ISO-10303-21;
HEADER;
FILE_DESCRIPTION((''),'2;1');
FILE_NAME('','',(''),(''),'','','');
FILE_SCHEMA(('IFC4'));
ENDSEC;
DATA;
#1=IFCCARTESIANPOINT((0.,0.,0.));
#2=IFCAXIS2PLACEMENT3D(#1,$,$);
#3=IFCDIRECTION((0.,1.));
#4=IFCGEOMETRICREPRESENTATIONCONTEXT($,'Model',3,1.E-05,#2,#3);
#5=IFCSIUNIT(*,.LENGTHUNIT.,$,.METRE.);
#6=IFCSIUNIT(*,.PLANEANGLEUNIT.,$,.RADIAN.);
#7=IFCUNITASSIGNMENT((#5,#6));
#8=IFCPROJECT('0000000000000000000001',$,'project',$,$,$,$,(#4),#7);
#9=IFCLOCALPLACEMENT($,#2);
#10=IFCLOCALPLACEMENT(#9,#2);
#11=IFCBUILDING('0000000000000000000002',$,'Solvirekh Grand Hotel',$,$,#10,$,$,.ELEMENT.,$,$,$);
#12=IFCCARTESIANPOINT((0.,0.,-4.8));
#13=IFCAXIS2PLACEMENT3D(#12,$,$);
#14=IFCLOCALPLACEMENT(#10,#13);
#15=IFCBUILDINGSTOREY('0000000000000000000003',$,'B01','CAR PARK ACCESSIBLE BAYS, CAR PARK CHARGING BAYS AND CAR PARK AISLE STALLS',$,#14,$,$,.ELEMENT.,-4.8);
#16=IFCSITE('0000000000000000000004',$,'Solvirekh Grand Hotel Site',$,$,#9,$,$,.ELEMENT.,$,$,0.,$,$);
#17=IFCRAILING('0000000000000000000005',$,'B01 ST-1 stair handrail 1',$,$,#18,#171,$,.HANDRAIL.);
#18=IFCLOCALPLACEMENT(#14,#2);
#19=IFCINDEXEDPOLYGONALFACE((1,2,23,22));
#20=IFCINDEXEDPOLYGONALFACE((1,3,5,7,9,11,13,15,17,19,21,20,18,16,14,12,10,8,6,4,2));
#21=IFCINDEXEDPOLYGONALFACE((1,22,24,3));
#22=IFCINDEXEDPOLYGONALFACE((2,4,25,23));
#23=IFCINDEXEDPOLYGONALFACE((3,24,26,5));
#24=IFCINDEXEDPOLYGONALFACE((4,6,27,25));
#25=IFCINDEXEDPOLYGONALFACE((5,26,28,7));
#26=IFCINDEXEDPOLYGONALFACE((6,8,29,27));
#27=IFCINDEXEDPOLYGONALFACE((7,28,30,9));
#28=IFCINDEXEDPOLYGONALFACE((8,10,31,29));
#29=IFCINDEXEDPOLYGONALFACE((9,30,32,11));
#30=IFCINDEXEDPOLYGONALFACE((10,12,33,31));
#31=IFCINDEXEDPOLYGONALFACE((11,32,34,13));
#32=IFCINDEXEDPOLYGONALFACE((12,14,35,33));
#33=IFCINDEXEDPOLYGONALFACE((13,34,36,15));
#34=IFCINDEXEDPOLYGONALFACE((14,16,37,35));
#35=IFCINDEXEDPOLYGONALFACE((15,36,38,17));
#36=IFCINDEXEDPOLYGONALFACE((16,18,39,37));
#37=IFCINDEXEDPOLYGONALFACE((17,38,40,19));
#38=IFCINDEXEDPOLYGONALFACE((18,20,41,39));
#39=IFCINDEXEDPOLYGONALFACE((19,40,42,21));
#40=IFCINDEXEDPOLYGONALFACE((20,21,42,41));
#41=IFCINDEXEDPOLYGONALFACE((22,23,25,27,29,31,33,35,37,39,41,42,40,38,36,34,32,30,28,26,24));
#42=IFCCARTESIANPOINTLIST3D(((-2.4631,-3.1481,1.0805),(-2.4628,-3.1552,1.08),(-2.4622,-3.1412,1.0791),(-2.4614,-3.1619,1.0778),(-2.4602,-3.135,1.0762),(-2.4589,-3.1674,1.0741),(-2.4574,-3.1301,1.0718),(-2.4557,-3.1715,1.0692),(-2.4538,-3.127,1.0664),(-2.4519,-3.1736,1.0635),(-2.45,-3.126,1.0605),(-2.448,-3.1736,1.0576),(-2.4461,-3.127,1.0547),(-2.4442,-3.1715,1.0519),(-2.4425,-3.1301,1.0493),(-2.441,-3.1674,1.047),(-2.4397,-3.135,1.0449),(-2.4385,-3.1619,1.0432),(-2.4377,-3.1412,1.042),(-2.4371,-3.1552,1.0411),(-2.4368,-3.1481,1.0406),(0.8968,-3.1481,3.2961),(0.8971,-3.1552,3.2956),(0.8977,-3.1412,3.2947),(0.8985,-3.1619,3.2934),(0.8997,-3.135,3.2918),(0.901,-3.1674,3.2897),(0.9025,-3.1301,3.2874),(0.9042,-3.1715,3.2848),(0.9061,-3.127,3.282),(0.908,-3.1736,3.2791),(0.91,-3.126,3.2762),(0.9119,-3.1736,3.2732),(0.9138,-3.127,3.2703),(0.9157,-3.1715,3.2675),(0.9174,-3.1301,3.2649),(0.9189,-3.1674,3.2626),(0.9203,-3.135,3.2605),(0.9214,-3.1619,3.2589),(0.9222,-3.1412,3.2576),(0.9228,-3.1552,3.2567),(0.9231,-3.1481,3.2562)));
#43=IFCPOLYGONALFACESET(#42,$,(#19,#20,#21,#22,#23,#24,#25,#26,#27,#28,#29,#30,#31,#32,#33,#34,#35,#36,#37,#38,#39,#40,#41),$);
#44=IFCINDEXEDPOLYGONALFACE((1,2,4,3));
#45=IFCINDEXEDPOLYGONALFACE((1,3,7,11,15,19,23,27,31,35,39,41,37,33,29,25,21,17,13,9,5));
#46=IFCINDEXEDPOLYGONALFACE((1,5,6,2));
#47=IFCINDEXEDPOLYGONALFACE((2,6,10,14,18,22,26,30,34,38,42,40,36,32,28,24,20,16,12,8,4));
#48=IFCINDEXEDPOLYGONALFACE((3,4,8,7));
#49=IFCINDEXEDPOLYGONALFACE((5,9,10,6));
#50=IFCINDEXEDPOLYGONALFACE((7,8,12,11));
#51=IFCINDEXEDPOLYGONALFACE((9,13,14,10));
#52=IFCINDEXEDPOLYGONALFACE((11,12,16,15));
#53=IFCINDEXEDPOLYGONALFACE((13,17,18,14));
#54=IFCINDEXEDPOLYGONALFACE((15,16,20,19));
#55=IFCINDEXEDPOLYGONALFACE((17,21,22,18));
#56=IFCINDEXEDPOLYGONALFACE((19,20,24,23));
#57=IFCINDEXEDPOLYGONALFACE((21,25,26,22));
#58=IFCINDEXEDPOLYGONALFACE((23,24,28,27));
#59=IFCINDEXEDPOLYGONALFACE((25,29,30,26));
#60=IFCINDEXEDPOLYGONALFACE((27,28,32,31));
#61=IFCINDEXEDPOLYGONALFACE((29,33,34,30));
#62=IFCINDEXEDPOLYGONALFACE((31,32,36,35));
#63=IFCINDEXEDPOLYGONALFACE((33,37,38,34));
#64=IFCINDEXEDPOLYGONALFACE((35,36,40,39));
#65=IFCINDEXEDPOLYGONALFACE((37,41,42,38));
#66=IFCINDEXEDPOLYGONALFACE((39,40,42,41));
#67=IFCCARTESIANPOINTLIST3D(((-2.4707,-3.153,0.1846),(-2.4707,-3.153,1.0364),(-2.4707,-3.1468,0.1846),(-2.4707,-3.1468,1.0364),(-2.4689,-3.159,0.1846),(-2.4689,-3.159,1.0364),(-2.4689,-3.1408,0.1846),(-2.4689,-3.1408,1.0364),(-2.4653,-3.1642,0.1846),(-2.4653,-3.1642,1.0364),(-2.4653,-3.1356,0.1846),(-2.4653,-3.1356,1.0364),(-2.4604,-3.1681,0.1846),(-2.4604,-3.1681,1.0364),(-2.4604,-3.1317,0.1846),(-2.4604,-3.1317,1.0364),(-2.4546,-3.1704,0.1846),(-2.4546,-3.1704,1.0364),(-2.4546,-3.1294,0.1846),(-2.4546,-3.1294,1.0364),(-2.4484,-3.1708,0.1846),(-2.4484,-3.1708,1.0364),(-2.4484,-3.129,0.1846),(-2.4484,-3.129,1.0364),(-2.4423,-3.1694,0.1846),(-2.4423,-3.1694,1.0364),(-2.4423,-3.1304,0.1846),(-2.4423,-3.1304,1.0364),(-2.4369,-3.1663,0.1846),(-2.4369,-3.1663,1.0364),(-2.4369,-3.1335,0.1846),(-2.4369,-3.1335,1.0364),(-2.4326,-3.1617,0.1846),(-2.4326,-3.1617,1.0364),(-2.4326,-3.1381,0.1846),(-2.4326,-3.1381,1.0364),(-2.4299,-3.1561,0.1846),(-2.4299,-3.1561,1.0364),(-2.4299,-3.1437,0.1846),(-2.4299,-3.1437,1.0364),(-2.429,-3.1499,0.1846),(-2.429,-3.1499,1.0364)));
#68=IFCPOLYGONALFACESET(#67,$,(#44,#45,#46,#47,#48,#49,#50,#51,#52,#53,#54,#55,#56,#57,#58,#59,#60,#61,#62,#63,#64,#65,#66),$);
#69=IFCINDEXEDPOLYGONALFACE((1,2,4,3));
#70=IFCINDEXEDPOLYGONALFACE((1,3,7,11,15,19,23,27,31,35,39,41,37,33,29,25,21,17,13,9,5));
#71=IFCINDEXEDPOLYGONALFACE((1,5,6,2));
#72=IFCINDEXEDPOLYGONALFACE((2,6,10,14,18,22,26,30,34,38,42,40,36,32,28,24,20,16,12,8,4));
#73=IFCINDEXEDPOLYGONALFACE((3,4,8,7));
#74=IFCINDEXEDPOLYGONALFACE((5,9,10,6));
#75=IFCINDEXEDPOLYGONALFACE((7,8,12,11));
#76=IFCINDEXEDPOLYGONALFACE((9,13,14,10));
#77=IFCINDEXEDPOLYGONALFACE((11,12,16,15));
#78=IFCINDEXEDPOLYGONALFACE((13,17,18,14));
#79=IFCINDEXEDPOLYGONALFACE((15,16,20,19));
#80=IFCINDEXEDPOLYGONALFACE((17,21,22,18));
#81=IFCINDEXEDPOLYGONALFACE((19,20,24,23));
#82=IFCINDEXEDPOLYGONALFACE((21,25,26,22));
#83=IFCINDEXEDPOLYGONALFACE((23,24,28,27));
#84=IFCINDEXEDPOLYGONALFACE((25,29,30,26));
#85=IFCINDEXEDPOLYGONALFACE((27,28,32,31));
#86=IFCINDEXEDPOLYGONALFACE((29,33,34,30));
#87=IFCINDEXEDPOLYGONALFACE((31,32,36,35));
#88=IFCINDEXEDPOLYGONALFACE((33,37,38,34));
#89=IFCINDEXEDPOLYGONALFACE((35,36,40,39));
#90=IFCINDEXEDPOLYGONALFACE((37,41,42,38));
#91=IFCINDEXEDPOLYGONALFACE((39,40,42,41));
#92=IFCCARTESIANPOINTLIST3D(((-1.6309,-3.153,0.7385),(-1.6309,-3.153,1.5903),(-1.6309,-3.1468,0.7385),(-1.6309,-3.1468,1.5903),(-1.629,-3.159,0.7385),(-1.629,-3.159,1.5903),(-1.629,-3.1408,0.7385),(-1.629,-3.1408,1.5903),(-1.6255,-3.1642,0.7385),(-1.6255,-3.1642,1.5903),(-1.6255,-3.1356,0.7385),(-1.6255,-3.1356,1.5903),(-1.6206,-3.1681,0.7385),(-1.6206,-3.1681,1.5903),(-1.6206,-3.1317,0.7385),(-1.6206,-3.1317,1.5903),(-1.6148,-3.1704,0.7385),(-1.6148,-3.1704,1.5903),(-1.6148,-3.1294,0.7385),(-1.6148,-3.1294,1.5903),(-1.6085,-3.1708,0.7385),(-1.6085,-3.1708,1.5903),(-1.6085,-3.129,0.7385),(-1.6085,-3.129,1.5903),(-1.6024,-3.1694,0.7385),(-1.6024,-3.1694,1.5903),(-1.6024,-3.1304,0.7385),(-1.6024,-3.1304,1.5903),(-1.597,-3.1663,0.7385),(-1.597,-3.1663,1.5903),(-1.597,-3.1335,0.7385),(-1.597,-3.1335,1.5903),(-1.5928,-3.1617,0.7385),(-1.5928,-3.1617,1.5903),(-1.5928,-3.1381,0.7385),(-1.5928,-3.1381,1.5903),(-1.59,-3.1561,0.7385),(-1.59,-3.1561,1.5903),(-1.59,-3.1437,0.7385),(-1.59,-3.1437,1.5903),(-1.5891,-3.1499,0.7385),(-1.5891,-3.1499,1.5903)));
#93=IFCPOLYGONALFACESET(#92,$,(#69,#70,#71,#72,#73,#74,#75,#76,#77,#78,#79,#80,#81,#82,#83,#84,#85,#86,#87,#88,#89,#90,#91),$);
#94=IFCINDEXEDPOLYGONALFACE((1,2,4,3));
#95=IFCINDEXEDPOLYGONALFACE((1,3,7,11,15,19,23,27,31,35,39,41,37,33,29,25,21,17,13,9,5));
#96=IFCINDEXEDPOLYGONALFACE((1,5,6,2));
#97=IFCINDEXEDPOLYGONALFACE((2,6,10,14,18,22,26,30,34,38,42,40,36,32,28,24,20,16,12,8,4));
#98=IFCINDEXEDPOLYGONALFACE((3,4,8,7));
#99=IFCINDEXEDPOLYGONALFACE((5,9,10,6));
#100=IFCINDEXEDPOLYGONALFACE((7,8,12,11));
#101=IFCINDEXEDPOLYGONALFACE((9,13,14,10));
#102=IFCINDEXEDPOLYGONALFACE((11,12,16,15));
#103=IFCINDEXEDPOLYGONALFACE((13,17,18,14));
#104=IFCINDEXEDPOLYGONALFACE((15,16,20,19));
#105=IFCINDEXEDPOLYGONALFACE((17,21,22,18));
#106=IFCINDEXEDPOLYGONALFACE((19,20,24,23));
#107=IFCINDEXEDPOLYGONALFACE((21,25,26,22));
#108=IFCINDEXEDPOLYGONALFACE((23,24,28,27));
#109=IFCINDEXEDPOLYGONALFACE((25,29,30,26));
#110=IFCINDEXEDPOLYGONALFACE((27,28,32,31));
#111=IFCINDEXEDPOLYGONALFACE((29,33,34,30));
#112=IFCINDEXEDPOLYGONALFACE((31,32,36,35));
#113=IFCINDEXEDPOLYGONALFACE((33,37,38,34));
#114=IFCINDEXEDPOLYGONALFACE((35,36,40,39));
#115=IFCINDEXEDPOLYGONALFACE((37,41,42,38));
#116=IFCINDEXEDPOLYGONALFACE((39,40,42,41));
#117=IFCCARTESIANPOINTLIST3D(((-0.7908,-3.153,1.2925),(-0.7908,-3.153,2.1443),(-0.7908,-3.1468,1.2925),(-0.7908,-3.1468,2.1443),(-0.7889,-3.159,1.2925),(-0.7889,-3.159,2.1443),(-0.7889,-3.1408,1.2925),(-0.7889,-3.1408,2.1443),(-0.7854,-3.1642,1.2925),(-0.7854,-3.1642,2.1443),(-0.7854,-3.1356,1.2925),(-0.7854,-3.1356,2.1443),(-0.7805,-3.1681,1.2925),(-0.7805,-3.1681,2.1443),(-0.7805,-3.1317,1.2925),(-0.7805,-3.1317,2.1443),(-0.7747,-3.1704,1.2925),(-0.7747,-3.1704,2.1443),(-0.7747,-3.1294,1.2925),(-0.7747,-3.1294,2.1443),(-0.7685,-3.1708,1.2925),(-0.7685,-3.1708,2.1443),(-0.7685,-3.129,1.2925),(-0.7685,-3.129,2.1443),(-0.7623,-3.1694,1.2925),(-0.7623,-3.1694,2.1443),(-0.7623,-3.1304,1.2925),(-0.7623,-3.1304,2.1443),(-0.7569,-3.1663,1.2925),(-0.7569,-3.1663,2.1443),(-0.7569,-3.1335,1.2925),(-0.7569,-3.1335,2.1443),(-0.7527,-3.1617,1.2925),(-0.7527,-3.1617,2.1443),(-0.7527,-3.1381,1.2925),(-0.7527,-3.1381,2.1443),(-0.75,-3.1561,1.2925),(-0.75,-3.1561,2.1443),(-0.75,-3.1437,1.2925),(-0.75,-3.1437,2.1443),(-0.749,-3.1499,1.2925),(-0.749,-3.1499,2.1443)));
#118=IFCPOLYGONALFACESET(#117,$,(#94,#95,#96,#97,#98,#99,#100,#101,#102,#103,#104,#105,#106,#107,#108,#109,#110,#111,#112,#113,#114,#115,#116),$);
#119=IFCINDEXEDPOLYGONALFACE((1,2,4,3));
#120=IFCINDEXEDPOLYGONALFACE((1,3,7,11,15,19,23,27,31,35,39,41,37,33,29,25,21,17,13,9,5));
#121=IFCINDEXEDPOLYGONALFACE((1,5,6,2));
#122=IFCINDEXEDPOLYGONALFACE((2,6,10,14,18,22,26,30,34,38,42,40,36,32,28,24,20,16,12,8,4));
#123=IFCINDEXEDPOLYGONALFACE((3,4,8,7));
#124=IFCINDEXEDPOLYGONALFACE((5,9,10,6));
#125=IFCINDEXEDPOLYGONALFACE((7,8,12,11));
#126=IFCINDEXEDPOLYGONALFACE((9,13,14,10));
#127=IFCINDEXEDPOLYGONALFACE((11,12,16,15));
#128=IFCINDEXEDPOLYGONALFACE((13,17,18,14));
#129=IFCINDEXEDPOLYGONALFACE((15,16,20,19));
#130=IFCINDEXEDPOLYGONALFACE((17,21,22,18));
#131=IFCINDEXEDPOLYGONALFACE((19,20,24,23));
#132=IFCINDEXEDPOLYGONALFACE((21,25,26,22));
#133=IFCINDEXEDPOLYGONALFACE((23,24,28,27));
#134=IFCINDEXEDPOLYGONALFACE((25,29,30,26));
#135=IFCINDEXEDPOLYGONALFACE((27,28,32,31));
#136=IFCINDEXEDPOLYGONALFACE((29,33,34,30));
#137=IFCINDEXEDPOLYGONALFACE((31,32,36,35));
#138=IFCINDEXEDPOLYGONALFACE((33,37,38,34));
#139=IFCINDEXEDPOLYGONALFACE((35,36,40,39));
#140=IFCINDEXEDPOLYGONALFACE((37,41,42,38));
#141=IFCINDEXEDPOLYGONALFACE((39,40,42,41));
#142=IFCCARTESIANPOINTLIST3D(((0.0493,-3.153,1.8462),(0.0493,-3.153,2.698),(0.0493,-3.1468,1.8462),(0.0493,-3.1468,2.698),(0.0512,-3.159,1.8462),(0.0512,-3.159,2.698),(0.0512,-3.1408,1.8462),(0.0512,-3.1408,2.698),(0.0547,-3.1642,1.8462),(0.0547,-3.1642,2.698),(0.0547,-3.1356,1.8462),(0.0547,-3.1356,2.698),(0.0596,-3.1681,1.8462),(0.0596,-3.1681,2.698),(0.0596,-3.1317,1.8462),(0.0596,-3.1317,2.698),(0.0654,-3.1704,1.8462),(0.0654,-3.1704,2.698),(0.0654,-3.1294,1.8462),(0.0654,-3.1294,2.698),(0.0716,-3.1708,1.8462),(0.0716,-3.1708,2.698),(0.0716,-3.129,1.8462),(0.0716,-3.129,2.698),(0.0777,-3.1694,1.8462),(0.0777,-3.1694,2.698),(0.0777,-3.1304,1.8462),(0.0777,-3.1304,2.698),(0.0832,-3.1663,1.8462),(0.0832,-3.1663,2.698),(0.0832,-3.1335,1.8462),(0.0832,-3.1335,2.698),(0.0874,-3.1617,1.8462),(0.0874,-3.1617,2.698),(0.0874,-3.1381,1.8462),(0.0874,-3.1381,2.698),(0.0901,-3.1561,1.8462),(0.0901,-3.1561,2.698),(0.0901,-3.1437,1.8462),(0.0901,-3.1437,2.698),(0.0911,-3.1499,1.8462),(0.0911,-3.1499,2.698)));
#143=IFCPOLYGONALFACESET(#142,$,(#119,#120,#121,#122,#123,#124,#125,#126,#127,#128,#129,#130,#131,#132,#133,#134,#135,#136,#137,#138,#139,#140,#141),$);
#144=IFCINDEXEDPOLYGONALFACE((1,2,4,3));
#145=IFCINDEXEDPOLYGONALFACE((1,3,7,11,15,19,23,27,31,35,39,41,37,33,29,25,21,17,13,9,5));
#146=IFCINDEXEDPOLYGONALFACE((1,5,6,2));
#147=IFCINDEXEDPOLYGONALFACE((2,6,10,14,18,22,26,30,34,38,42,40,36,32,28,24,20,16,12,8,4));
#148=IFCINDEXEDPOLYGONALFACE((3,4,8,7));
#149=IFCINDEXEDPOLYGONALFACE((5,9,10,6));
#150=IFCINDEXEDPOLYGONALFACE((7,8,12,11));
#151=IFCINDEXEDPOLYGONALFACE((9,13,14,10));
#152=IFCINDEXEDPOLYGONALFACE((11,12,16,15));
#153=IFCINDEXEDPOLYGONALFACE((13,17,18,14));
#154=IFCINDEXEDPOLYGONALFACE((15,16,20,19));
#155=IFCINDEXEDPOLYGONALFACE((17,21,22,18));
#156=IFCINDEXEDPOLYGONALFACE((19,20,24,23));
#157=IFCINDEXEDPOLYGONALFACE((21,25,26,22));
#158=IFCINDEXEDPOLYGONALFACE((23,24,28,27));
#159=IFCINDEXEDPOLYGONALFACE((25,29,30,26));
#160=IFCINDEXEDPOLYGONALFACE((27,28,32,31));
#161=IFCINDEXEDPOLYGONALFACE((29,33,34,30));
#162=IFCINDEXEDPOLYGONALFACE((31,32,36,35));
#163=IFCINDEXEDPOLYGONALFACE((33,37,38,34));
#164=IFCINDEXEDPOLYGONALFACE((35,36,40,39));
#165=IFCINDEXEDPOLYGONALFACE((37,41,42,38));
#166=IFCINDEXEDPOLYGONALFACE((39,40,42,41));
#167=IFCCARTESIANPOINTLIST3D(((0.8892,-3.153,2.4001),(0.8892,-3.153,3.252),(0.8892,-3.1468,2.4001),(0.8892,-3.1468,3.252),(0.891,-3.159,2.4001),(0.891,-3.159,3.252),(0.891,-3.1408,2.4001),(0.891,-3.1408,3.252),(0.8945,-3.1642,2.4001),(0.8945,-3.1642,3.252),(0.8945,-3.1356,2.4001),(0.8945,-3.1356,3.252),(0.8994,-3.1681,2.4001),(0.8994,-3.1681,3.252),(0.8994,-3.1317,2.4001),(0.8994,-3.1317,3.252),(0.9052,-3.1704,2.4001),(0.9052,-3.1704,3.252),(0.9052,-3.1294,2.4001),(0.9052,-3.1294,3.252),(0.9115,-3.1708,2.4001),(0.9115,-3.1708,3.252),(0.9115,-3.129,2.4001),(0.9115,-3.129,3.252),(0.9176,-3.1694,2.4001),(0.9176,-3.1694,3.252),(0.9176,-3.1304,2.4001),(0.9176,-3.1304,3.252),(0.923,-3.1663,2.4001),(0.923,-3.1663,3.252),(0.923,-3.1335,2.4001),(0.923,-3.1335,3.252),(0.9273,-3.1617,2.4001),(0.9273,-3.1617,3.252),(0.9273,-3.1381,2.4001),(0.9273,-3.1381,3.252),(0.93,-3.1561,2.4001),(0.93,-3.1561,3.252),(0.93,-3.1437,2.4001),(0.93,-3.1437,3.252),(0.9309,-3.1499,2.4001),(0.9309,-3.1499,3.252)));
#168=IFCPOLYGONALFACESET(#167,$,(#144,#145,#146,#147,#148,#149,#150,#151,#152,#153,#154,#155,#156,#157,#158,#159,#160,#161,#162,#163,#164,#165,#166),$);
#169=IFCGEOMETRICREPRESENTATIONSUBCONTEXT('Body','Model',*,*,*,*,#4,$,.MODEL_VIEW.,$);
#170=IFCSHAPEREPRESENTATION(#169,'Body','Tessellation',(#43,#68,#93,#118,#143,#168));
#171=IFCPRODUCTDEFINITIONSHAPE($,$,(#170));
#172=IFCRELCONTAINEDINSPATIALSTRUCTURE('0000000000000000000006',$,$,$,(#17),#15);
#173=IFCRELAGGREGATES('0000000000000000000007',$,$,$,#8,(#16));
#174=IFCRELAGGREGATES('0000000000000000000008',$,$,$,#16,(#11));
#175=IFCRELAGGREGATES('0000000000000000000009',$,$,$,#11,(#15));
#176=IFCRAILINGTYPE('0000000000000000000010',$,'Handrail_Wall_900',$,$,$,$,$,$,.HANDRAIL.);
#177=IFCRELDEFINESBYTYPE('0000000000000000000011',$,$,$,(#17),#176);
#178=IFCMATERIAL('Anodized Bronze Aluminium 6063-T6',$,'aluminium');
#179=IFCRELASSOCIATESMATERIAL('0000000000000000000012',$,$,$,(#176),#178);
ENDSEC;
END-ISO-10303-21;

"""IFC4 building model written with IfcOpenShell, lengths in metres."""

from ifc_helpers import new_model, si_unit, direction, frame, origin, origin_2d, place, context, subcontext, project, spatial, circle, extrude, material, type_object, element, save


model = new_model("IFC4")

# Units and contexts
model_context = context("Model", 3, precision=1e-05, world=origin(), true_north=direction((0.0, 1.0)))
body_context = subcontext(model_context, "Body", "Model", "MODEL_VIEW")
ifc_project = project(units=[si_unit("LENGTHUNIT", "METRE"), si_unit("PLANEANGLEUNIT", "RADIAN")], contexts=[model_context])

# Site, building, storey
site_placement = place(None, origin())
site = spatial("IfcSite", under=ifc_project, at=site_placement, Name="Solvirekh Grand Hotel Site", CompositionType="ELEMENT", RefElevation=0.0)
building_placement = place(site_placement, origin())
building = spatial("IfcBuilding", under=site, at=building_placement, Name="Solvirekh Grand Hotel", CompositionType="ELEMENT")
storey_placement = place(building_placement, frame((0.0, 0.0, -4.8)))
storey = spatial("IfcBuildingStorey", under=building, at=storey_placement, Name="B01", Description="CAR PARK ACCESSIBLE BAYS, CAR PARK CHARGING BAYS AND CAR PARK AISLE STALLS", CompositionType="ELEMENT", Elevation=-4.8)

# Railing
ifc_material_1 = material(Name="Anodized Bronze Aluminium 6063-T6", Category="aluminium")
railing_type_1 = type_object("IfcRailingType", Name="Handrail_Wall_900", PredefinedType="HANDRAIL", material=ifc_material_1)
for number, where, name in (
    (1, (-2.45, -3.1499, 0.1846), "B01 ST-1 stair handrail 1"),
):
    element("IfcRailing", number, at=place(storey_placement, frame(where)), inside=storey, type_object=railing_type_1, Name=name, PredefinedType="HANDRAIL", context=body_context, shape_type="SweptSolid", body=[
        extrude(circle(Radius=0.0239, at=origin_2d()), frame((0.0, 0.0, 0.876), z_axis=(0.83483, 0.0, 0.550508), x_axis=(0.0, 1.0, 0.0)), (0.0, 0.0, 1.0), 4.0247),
        extrude(circle(Radius=0.021, at=origin_2d()), origin(), (0.0, 0.0, 1.0), 0.8518),
        extrude(circle(Radius=0.021, at=origin_2d()), frame((0.8398, 0.0, 0.554)), (0.0, 0.0, 1.0), 0.8518),
        extrude(circle(Radius=0.021, at=origin_2d()), frame((1.6799, 0.0, 1.1079)), (0.0, 0.0, 1.0), 0.8518),
        extrude(circle(Radius=0.021, at=origin_2d()), frame((2.52, 0.0, 1.6616)), (0.0, 0.0, 1.0), 0.8518),
        extrude(circle(Radius=0.021, at=origin_2d()), frame((3.3599, 0.0, 2.2156)), (0.0, 0.0, 1.0), 0.8518),
    ])

save(model, "model.ifc")
